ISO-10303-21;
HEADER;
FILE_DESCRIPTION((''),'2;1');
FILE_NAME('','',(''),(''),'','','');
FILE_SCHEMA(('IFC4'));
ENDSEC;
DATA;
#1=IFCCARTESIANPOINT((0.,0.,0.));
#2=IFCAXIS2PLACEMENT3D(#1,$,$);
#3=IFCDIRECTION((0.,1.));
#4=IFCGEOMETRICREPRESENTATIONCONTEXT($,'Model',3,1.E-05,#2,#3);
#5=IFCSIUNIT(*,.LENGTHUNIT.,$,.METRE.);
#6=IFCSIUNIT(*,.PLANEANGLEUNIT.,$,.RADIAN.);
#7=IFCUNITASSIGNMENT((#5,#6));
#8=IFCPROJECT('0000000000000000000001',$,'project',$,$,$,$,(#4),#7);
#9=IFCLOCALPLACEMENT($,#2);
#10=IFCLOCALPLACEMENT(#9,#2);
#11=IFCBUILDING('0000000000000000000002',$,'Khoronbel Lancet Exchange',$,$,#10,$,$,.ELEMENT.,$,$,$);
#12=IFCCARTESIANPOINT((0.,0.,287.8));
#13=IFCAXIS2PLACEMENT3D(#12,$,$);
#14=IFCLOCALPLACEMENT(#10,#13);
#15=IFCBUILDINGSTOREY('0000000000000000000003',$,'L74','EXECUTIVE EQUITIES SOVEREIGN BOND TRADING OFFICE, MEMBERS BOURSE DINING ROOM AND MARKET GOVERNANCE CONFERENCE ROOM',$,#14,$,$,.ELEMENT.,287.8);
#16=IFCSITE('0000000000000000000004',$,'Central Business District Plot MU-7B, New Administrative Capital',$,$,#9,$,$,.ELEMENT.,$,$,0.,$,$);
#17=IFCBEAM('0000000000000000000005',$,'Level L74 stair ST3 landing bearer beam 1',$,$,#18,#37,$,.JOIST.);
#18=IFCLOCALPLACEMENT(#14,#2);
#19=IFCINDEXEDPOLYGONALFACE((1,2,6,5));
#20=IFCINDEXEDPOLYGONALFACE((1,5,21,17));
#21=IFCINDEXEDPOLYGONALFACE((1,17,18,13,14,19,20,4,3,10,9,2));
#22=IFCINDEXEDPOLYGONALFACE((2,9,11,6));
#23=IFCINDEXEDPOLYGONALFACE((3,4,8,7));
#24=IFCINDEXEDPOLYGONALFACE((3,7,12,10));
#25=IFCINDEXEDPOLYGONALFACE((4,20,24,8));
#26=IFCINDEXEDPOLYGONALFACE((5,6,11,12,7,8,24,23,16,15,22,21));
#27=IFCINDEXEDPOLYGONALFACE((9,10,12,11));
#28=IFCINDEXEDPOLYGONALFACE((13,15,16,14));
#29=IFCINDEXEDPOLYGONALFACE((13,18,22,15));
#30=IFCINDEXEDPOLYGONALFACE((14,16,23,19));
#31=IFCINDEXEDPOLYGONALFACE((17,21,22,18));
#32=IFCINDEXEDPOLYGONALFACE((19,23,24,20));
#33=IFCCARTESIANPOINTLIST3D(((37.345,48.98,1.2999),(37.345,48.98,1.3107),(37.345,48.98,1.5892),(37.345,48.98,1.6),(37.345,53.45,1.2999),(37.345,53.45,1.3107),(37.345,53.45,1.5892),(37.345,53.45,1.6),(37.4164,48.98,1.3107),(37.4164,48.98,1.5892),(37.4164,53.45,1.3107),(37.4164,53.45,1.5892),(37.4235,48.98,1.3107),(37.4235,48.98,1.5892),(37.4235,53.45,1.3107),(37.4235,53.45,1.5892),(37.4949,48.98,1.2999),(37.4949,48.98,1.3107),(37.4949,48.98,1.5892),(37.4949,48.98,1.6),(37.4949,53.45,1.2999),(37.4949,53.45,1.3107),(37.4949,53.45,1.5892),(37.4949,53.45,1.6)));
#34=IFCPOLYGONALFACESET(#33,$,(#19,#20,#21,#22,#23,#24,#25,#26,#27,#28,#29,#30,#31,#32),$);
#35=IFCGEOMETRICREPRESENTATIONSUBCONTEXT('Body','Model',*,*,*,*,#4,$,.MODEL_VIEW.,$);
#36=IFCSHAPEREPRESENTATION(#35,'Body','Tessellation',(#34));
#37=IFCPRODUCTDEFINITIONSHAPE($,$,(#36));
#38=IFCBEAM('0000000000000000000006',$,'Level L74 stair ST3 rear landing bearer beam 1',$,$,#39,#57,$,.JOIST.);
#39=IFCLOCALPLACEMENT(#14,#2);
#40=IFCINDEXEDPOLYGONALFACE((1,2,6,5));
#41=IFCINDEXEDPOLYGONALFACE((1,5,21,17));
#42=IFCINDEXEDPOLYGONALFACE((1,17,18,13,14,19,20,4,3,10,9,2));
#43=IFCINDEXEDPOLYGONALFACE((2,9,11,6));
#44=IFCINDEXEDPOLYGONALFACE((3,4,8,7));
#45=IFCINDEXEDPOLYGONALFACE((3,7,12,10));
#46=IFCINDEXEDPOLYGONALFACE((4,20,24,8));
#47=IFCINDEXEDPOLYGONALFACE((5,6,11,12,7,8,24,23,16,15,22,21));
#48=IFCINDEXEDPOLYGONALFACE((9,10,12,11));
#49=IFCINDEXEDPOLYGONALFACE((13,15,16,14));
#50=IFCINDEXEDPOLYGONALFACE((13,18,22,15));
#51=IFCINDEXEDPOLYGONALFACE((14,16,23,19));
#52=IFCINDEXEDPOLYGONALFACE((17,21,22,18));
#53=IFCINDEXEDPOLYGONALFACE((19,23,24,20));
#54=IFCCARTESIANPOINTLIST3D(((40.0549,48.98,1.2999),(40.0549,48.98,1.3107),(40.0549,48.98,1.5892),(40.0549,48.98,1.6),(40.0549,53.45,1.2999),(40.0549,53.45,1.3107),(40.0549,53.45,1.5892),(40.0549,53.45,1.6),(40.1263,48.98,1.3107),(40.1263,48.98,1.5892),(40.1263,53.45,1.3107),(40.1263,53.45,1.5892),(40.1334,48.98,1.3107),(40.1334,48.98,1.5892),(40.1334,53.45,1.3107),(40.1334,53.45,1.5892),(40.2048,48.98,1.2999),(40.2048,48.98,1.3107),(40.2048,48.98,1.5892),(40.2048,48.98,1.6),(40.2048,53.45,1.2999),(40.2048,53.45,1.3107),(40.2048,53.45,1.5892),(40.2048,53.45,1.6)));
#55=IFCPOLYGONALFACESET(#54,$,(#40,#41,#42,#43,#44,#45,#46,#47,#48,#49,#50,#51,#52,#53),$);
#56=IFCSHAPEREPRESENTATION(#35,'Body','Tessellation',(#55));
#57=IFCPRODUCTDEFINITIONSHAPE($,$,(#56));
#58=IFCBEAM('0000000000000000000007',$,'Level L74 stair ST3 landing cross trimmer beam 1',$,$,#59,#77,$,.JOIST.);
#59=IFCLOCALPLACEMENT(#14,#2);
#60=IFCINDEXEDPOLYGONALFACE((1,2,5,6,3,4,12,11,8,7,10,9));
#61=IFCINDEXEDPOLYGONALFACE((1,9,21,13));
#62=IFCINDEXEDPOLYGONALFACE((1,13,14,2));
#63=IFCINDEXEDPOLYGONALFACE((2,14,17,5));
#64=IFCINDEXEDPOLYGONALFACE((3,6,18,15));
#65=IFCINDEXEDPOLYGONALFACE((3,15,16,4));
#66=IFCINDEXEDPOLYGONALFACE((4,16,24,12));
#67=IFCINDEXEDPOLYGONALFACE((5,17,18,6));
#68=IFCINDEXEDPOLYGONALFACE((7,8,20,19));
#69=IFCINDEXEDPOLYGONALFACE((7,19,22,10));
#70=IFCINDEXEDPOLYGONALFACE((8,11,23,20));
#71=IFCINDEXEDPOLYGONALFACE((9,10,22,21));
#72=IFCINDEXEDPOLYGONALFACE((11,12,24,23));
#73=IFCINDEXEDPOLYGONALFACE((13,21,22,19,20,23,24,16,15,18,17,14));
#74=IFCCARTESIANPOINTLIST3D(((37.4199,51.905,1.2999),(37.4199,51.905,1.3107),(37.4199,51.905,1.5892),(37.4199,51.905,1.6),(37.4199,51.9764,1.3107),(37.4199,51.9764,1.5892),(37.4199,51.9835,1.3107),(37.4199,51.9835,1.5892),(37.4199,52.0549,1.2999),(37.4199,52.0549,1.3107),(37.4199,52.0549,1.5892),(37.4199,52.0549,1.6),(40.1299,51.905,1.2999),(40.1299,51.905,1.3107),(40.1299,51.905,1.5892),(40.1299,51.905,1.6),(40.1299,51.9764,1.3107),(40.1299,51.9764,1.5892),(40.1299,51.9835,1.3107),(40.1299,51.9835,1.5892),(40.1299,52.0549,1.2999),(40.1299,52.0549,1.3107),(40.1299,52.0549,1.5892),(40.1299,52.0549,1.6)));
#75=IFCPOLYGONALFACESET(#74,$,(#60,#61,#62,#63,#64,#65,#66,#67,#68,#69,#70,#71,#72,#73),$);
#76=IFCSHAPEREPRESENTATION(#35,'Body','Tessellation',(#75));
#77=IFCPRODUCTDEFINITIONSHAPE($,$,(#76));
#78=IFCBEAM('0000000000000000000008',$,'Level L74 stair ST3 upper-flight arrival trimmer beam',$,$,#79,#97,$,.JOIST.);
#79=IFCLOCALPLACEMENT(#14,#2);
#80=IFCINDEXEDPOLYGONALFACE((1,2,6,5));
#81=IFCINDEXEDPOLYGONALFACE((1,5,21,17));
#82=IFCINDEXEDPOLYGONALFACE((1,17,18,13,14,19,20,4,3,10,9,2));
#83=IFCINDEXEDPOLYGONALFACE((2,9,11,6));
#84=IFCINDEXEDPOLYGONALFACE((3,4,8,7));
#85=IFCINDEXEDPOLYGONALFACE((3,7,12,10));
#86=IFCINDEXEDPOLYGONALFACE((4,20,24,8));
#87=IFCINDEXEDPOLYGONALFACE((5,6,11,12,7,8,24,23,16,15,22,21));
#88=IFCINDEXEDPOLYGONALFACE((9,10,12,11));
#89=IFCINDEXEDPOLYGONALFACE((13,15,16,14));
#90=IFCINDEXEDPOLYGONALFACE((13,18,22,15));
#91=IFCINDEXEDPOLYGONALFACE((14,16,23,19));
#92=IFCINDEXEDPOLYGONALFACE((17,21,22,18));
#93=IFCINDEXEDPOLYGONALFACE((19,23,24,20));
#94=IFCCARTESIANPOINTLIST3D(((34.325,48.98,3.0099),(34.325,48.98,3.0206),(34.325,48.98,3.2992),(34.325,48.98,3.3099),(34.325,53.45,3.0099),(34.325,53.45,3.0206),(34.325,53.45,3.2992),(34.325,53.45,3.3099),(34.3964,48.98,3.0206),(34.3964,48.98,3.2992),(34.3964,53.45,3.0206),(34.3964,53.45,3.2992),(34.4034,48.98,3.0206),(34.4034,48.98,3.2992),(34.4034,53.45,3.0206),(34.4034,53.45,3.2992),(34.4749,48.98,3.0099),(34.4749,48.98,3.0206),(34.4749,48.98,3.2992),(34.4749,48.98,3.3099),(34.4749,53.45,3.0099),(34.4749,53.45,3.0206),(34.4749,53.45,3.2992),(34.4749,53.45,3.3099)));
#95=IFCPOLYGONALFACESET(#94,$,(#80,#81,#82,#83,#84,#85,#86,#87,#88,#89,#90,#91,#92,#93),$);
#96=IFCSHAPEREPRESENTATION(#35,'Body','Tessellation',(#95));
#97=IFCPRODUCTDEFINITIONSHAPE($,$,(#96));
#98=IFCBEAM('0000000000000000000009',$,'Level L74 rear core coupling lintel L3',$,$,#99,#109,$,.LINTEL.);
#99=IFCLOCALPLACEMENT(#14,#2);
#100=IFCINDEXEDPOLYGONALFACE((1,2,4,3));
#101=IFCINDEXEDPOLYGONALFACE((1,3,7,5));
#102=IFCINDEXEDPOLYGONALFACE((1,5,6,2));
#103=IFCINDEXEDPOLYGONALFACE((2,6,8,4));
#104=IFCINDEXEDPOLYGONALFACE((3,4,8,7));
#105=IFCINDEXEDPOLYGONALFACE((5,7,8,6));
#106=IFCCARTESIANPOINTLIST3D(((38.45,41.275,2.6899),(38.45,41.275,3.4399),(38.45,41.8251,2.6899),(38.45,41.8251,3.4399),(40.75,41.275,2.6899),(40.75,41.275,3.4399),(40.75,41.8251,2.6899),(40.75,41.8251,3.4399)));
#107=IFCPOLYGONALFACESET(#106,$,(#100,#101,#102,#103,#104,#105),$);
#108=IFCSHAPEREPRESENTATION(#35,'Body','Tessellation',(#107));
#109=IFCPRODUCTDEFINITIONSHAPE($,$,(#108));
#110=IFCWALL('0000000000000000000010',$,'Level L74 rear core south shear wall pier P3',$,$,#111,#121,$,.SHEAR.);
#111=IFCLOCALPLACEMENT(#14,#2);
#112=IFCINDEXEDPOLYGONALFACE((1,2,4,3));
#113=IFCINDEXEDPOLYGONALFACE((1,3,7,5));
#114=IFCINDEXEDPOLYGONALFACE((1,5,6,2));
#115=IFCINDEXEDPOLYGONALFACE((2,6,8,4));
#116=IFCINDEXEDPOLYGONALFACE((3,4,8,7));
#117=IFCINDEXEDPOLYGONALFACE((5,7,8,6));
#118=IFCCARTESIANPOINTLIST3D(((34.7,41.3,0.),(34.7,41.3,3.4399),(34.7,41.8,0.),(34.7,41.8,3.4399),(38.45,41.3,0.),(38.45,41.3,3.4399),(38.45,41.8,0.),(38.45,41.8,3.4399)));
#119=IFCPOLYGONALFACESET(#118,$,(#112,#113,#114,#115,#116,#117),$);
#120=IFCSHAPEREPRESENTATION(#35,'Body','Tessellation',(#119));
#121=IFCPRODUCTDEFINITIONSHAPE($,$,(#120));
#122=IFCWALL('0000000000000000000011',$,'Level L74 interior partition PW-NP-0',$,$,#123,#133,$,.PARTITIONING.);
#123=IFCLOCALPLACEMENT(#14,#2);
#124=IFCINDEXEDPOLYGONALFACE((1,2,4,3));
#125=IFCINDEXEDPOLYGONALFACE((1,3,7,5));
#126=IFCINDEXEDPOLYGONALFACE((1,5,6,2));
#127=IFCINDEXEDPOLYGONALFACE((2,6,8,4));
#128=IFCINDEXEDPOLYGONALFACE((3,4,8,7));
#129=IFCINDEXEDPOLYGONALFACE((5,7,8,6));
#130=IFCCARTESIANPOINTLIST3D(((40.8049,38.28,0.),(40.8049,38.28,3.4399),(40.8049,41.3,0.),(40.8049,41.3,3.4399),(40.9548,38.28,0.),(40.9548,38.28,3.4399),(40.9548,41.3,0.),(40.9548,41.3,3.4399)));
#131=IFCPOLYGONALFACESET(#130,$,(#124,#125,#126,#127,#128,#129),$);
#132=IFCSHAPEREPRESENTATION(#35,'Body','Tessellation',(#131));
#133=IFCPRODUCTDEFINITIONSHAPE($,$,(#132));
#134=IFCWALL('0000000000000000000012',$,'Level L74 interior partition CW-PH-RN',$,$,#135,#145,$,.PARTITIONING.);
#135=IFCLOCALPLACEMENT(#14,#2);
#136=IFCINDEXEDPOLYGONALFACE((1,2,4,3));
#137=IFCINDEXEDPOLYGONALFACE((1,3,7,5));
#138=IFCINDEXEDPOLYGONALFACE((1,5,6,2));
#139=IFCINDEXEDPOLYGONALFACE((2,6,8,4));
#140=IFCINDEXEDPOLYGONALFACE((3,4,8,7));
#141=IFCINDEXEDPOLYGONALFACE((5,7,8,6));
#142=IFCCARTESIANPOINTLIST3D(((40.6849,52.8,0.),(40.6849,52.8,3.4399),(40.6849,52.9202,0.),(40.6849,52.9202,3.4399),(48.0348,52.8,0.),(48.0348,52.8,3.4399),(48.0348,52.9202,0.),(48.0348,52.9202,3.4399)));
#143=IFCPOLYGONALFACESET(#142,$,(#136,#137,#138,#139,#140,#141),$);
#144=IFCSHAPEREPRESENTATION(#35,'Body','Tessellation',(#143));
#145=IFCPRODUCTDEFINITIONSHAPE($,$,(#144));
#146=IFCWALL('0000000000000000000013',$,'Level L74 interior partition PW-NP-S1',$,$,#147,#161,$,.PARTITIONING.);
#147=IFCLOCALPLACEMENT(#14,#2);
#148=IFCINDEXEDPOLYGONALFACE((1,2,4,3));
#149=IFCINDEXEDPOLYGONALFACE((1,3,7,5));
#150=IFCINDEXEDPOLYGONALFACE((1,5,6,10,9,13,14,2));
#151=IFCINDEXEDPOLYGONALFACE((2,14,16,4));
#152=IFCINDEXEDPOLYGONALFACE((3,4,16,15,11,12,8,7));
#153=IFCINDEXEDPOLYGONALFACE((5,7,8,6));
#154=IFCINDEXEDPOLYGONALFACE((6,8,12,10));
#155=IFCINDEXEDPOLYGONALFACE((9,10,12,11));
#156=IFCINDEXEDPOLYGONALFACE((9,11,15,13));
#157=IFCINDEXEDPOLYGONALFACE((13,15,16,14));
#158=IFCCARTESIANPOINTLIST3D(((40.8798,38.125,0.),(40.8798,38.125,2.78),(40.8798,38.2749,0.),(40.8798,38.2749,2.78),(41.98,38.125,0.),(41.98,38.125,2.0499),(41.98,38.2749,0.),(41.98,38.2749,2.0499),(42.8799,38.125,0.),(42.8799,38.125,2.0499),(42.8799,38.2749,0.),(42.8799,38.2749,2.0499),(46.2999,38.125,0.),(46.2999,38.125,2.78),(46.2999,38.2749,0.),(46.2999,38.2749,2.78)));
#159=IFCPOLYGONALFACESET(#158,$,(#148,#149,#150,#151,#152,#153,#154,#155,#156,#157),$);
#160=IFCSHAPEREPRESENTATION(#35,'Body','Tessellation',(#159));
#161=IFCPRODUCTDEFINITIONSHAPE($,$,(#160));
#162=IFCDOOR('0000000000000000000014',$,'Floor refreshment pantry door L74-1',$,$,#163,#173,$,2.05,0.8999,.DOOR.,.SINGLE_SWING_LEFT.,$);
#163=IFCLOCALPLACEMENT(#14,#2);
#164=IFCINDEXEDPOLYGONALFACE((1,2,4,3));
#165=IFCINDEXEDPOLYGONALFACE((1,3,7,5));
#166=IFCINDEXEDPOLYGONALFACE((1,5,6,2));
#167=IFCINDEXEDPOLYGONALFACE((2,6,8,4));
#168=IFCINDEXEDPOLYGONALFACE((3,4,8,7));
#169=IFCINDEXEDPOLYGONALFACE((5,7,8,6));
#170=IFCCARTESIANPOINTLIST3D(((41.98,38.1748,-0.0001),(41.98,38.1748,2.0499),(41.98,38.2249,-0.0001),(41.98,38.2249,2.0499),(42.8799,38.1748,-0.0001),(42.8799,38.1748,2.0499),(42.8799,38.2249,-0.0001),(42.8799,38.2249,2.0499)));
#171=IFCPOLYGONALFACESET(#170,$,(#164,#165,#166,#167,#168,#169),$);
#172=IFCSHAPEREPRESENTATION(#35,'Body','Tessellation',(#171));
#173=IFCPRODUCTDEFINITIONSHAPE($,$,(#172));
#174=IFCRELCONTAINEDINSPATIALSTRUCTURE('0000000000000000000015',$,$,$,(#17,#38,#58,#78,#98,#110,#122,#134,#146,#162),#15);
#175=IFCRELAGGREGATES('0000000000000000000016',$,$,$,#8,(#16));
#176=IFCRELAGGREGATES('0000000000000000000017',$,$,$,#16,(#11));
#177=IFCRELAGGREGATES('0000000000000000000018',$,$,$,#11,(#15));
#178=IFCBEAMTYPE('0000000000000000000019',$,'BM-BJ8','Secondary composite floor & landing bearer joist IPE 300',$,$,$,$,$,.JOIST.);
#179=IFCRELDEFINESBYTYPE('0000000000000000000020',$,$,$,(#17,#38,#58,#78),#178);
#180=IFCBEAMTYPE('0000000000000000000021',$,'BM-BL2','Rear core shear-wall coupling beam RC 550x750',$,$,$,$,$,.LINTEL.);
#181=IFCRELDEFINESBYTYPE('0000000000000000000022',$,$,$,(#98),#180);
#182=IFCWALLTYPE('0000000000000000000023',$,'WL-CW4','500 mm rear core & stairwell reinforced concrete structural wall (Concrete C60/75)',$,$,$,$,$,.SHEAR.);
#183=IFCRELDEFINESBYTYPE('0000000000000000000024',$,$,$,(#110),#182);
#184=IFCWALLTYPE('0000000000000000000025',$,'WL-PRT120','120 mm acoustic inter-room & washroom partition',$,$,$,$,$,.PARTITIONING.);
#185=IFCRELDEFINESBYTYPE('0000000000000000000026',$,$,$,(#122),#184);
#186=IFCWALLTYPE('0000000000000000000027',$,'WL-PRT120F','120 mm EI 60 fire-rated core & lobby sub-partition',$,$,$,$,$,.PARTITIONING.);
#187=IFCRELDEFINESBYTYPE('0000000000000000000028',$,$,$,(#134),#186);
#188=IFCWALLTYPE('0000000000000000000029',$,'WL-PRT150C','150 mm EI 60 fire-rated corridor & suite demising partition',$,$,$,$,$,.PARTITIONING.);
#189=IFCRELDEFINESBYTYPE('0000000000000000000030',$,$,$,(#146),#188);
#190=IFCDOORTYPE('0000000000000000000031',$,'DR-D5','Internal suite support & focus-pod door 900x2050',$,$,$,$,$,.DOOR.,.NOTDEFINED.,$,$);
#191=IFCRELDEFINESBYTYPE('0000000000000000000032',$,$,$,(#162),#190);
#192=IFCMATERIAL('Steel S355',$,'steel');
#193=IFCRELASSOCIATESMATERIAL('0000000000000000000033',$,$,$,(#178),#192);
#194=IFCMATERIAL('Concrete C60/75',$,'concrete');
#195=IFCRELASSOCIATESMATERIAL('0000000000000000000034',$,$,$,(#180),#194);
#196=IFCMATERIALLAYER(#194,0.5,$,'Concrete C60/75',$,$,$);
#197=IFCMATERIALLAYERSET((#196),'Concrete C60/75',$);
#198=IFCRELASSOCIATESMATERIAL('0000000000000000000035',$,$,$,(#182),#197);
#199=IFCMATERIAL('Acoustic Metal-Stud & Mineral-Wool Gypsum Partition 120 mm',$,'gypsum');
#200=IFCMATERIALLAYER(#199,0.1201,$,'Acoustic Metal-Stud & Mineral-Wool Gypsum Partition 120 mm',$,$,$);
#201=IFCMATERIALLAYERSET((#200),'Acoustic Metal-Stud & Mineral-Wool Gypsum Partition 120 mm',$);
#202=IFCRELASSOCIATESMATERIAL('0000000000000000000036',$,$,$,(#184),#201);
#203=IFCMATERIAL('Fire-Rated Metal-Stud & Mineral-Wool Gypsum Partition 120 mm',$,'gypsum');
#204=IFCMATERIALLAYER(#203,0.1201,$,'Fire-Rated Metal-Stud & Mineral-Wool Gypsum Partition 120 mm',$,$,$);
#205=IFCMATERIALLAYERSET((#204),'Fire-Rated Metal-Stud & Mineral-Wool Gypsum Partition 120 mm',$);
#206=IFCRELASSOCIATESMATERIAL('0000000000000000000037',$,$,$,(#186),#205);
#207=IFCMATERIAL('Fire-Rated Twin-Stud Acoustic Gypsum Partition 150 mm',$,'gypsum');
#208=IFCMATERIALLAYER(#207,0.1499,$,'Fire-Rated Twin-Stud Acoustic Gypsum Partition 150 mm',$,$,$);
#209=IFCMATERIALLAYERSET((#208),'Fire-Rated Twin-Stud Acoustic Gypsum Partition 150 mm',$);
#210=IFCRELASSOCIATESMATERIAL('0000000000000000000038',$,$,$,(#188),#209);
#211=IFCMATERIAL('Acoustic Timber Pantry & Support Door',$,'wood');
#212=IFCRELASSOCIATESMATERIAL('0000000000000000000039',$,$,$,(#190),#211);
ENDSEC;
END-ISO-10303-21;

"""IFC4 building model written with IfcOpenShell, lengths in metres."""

from ifc_helpers import new_model, si_unit, direction, frame, frame_2d, origin, origin_2d, place, context, subcontext, project, spatial, rectangle, i_section, extrude, material, layer, layer_set, material_profile, profile_set, type_object, element, fill, save


model = new_model("IFC4")

# Units and contexts
model_context = context("Model", 3, precision=1e-05, world=origin(), true_north=direction((0.0, 1.0)))
body_context = subcontext(model_context, "Body", "Model", "MODEL_VIEW")
ifc_project = project(units=[si_unit("LENGTHUNIT", "METRE"), si_unit("PLANEANGLEUNIT", "RADIAN")], contexts=[model_context])

# Site, building, storey
site_placement = place(None, origin())
site = spatial("IfcSite", under=ifc_project, at=site_placement, Name="Central Business District Plot MU-7B, New Administrative Capital", CompositionType="ELEMENT", RefElevation=0.0)
building_placement = place(site_placement, origin())
building = spatial("IfcBuilding", under=site, at=building_placement, Name="Khoronbel Lancet Exchange", CompositionType="ELEMENT")
storey_placement = place(building_placement, frame((0.0, 0.0, 287.8)))
storey = spatial("IfcBuildingStorey", under=building, at=storey_placement, Name="L74", Description="EXECUTIVE EQUITIES SOVEREIGN BOND TRADING OFFICE, MEMBERS BOURSE DINING ROOM AND MARKET GOVERNANCE CONFERENCE ROOM", CompositionType="ELEMENT", Elevation=287.8)

# Beams
ifc_material_1 = material(Name="Steel S355", Category="steel")
ifc_material_profile_1 = material_profile(ifc_material_1, i_section(OverallWidth=0.1499, OverallDepth=0.3, WebThickness=0.0071, FlangeThickness=0.0107, at=origin_2d()), Name="IPE 300")
ifc_profile_set_1 = profile_set([ifc_material_profile_1], Name="Steel S355")
beam_type_1 = type_object("IfcBeamType", Name="BM-BJ8", Description="Secondary composite floor & landing bearer joist IPE 300", PredefinedType="JOIST", material=ifc_profile_set_1)
for number, where, z_axis, x_axis, name in (
    (1, (37.4199, 48.98, 1.45), (0.0, 1.0, 0.0), (-1.0, 0.0, 0.0), "Level L74 stair ST3 landing bearer beam 1"),
    (2, (40.1299, 48.98, 1.45), (0.0, 1.0, 0.0), (-1.0, 0.0, 0.0), "Level L74 stair ST3 rear landing bearer beam 1"),
):
    element("IfcBeam", number, at=place(storey_placement, frame(where, z_axis=z_axis, x_axis=x_axis)), inside=storey, type_object=beam_type_1, Name=name, PredefinedType="JOIST", context=body_context, shape_type="SweptSolid", body=[
        extrude(i_section(OverallWidth=0.1499, OverallDepth=0.3, WebThickness=0.0071, FlangeThickness=0.0107, at=origin_2d()), origin(), (0.0, 0.0, 1.0), 4.47),
    ])
beam_1_placement = place(storey_placement, frame((37.4199, 51.98, 1.45), z_axis=(1.0, 0.0, 0.0), x_axis=(0.0, 1.0, 0.0)))
element("IfcBeam", 3, at=beam_1_placement, inside=storey, type_object=beam_type_1, Name="Level L74 stair ST3 landing cross trimmer beam 1", PredefinedType="JOIST", context=body_context, shape_type="SweptSolid", body=[
    extrude(i_section(OverallWidth=0.1499, OverallDepth=0.3, WebThickness=0.0071, FlangeThickness=0.0107, at=origin_2d()), origin(), (0.0, 0.0, 1.0), 2.71),
])
beam_2_placement = place(storey_placement, frame((34.3999, 48.98, 3.1599), z_axis=(0.0, 1.0, 0.0), x_axis=(-1.0, 0.0, 0.0)))
element("IfcBeam", 4, at=beam_2_placement, inside=storey, type_object=beam_type_1, Name="Level L74 stair ST3 upper-flight arrival trimmer beam", PredefinedType="JOIST", context=body_context, shape_type="SweptSolid", body=[
    extrude(i_section(OverallWidth=0.1499, OverallDepth=0.3, WebThickness=0.0071, FlangeThickness=0.0107, at=origin_2d()), origin(), (0.0, 0.0, 1.0), 4.47),
])
ifc_material_2 = material(Name="Concrete C60/75", Category="concrete")
ifc_material_profile_2 = material_profile(ifc_material_2, rectangle(XDim=0.55, YDim=0.75, at=origin_2d()), Name="RC 550x750")
ifc_profile_set_2 = profile_set([ifc_material_profile_2], Name="Concrete C60/75")
beam_type_2 = type_object("IfcBeamType", Name="BM-BL2", Description="Rear core shear-wall coupling beam RC 550x750", PredefinedType="LINTEL", material=ifc_profile_set_2)
beam_3_placement = place(storey_placement, frame((38.45, 41.55, 3.0649), z_axis=(1.0, 0.0, 0.0), x_axis=(0.0, 1.0, 0.0)))
element("IfcBeam", 5, at=beam_3_placement, inside=storey, type_object=beam_type_2, Name="Level L74 rear core coupling lintel L3", PredefinedType="LINTEL", context=body_context, shape_type="SweptSolid", body=[
    extrude(rectangle(XDim=0.55, YDim=0.75, at=origin_2d()), origin(), (0.0, 0.0, 1.0), 2.3),
])

# Walls
ifc_layer_1 = layer(ifc_material_2, 0.5, Name="Concrete C60/75")
ifc_layer_set_1 = layer_set([ifc_layer_1], Name="Concrete C60/75")
wall_type_1 = type_object("IfcWallType", Name="WL-CW4", Description="500 mm rear core & stairwell reinforced concrete structural wall (Concrete C60/75)", PredefinedType="SHEAR", material=ifc_layer_set_1)
wall_1_placement = place(storey_placement, frame((38.45, 41.55, 0.0), z_axis=(0.0, 0.0, 1.0), x_axis=(-1.0, 0.0, 0.0)))
element("IfcWall", 6, at=wall_1_placement, inside=storey, type_object=wall_type_1, Name="Level L74 rear core south shear wall pier P3", PredefinedType="SHEAR", context=body_context, shape_type="SweptSolid", body=[
    extrude(rectangle(XDim=3.75, YDim=0.5, at=frame_2d((1.875, 0.0))), origin(), (0.0, 0.0, 1.0), 3.4399),
])
ifc_material_3 = material(Name="Acoustic Metal-Stud & Mineral-Wool Gypsum Partition 120 mm", Category="gypsum")
ifc_layer_2 = layer(ifc_material_3, 0.1201, Name="Acoustic Metal-Stud & Mineral-Wool Gypsum Partition 120 mm")
ifc_layer_set_2 = layer_set([ifc_layer_2], Name="Acoustic Metal-Stud & Mineral-Wool Gypsum Partition 120 mm")
wall_type_2 = type_object("IfcWallType", Name="WL-PRT120", Description="120 mm acoustic inter-room & washroom partition", PredefinedType="PARTITIONING", material=ifc_layer_set_2)
wall_2_placement = place(storey_placement, frame((40.8799, 38.28, 0.0), z_axis=(0.0, 0.0, 1.0), x_axis=(0.0, 1.0, 0.0)))
element("IfcWall", 7, at=wall_2_placement, inside=storey, type_object=wall_type_2, Name="Level L74 interior partition PW-NP-0", PredefinedType="PARTITIONING", context=body_context, shape_type="SweptSolid", body=[
    extrude(rectangle(XDim=3.02, YDim=0.1499, at=frame_2d((1.51, 0.0))), origin(), (0.0, 0.0, 1.0), 3.4399),
])
ifc_material_4 = material(Name="Fire-Rated Metal-Stud & Mineral-Wool Gypsum Partition 120 mm", Category="gypsum")
ifc_layer_3 = layer(ifc_material_4, 0.1201, Name="Fire-Rated Metal-Stud & Mineral-Wool Gypsum Partition 120 mm")
ifc_layer_set_3 = layer_set([ifc_layer_3], Name="Fire-Rated Metal-Stud & Mineral-Wool Gypsum Partition 120 mm")
wall_type_3 = type_object("IfcWallType", Name="WL-PRT120F", Description="120 mm EI 60 fire-rated core & lobby sub-partition", PredefinedType="PARTITIONING", material=ifc_layer_set_3)
wall_3_placement = place(storey_placement, frame((40.6851, 52.8601, 0.0), z_axis=(0.0, 0.0, 1.0), x_axis=(1.0, 0.0, 0.0)))
element("IfcWall", 8, at=wall_3_placement, inside=storey, type_object=wall_type_3, Name="Level L74 interior partition CW-PH-RN", PredefinedType="PARTITIONING", context=body_context, shape_type="SweptSolid", body=[
    extrude(rectangle(XDim=7.3499, YDim=0.1201, at=frame_2d((3.6748, 0.0))), origin(), (0.0, 0.0, 1.0), 3.4399),
])

# Wall, opening, door
ifc_material_5 = material(Name="Fire-Rated Twin-Stud Acoustic Gypsum Partition 150 mm", Category="gypsum")
ifc_layer_4 = layer(ifc_material_5, 0.1499, Name="Fire-Rated Twin-Stud Acoustic Gypsum Partition 150 mm")
ifc_layer_set_4 = layer_set([ifc_layer_4], Name="Fire-Rated Twin-Stud Acoustic Gypsum Partition 150 mm")
wall_type_4 = type_object("IfcWallType", Name="WL-PRT150C", Description="150 mm EI 60 fire-rated corridor & suite demising partition", PredefinedType="PARTITIONING", material=ifc_layer_set_4)
wall_4_placement = place(storey_placement, frame((40.8799, 38.2, 0.0), z_axis=(0.0, 0.0, 1.0), x_axis=(1.0, 0.0, 0.0)))
wall_4 = element("IfcWall", 9, at=wall_4_placement, inside=storey, type_object=wall_type_4, Name="Level L74 interior partition PW-NP-S1", PredefinedType="PARTITIONING", context=body_context, shape_type="SweptSolid", body=[
    extrude(rectangle(XDim=5.4202, YDim=0.1499, at=frame_2d((2.71, 0.0))), origin(), (0.0, 0.0, 1.0), 2.78),
])
opening_1_placement = place(wall_4_placement, frame((1.1001, 0.0, 0.0)))
opening_1 = element("IfcOpeningElement", 10, at=opening_1_placement, cuts=wall_4, PredefinedType="OPENING", context=body_context, shape_type="SweptSolid", body=[
    extrude(rectangle(XDim=0.8999, YDim=2.05, at=frame_2d((0.45, 1.0249))), frame((0.0, 0.085, 0.0), z_axis=(0.0, -1.0, 0.0), x_axis=(1.0, 0.0, 0.0)), (0.0, 0.0, 1.0), 0.1699),
])
ifc_material_6 = material(Name="Acoustic Timber Pantry & Support Door", Category="wood")
door_type_1 = type_object("IfcDoorType", Name="DR-D5", Description="Internal suite support & focus-pod door 900x2050", OperationType="NOTDEFINED", PredefinedType="DOOR", material=ifc_material_6)
door_1_placement = place(opening_1_placement, origin())
door_1 = element("IfcDoor", 11, at=door_1_placement, inside=storey, type_object=door_type_1, Name="Floor refreshment pantry door L74-1", OperationType="SINGLE_SWING_LEFT", OverallHeight=2.05, OverallWidth=0.8999, PredefinedType="DOOR", context=body_context, shape_type="SweptSolid", body=[
    extrude(rectangle(XDim=0.8999, YDim=2.05, at=frame_2d((0.45, 1.0249))), frame((0.0, 0.0249, 0.0), z_axis=(0.0, -1.0, 0.0), x_axis=(1.0, 0.0, 0.0)), (0.0, 0.0, 1.0), 0.05),
])
fill(opening_1, door_1)

save(model, "model.ifc")
